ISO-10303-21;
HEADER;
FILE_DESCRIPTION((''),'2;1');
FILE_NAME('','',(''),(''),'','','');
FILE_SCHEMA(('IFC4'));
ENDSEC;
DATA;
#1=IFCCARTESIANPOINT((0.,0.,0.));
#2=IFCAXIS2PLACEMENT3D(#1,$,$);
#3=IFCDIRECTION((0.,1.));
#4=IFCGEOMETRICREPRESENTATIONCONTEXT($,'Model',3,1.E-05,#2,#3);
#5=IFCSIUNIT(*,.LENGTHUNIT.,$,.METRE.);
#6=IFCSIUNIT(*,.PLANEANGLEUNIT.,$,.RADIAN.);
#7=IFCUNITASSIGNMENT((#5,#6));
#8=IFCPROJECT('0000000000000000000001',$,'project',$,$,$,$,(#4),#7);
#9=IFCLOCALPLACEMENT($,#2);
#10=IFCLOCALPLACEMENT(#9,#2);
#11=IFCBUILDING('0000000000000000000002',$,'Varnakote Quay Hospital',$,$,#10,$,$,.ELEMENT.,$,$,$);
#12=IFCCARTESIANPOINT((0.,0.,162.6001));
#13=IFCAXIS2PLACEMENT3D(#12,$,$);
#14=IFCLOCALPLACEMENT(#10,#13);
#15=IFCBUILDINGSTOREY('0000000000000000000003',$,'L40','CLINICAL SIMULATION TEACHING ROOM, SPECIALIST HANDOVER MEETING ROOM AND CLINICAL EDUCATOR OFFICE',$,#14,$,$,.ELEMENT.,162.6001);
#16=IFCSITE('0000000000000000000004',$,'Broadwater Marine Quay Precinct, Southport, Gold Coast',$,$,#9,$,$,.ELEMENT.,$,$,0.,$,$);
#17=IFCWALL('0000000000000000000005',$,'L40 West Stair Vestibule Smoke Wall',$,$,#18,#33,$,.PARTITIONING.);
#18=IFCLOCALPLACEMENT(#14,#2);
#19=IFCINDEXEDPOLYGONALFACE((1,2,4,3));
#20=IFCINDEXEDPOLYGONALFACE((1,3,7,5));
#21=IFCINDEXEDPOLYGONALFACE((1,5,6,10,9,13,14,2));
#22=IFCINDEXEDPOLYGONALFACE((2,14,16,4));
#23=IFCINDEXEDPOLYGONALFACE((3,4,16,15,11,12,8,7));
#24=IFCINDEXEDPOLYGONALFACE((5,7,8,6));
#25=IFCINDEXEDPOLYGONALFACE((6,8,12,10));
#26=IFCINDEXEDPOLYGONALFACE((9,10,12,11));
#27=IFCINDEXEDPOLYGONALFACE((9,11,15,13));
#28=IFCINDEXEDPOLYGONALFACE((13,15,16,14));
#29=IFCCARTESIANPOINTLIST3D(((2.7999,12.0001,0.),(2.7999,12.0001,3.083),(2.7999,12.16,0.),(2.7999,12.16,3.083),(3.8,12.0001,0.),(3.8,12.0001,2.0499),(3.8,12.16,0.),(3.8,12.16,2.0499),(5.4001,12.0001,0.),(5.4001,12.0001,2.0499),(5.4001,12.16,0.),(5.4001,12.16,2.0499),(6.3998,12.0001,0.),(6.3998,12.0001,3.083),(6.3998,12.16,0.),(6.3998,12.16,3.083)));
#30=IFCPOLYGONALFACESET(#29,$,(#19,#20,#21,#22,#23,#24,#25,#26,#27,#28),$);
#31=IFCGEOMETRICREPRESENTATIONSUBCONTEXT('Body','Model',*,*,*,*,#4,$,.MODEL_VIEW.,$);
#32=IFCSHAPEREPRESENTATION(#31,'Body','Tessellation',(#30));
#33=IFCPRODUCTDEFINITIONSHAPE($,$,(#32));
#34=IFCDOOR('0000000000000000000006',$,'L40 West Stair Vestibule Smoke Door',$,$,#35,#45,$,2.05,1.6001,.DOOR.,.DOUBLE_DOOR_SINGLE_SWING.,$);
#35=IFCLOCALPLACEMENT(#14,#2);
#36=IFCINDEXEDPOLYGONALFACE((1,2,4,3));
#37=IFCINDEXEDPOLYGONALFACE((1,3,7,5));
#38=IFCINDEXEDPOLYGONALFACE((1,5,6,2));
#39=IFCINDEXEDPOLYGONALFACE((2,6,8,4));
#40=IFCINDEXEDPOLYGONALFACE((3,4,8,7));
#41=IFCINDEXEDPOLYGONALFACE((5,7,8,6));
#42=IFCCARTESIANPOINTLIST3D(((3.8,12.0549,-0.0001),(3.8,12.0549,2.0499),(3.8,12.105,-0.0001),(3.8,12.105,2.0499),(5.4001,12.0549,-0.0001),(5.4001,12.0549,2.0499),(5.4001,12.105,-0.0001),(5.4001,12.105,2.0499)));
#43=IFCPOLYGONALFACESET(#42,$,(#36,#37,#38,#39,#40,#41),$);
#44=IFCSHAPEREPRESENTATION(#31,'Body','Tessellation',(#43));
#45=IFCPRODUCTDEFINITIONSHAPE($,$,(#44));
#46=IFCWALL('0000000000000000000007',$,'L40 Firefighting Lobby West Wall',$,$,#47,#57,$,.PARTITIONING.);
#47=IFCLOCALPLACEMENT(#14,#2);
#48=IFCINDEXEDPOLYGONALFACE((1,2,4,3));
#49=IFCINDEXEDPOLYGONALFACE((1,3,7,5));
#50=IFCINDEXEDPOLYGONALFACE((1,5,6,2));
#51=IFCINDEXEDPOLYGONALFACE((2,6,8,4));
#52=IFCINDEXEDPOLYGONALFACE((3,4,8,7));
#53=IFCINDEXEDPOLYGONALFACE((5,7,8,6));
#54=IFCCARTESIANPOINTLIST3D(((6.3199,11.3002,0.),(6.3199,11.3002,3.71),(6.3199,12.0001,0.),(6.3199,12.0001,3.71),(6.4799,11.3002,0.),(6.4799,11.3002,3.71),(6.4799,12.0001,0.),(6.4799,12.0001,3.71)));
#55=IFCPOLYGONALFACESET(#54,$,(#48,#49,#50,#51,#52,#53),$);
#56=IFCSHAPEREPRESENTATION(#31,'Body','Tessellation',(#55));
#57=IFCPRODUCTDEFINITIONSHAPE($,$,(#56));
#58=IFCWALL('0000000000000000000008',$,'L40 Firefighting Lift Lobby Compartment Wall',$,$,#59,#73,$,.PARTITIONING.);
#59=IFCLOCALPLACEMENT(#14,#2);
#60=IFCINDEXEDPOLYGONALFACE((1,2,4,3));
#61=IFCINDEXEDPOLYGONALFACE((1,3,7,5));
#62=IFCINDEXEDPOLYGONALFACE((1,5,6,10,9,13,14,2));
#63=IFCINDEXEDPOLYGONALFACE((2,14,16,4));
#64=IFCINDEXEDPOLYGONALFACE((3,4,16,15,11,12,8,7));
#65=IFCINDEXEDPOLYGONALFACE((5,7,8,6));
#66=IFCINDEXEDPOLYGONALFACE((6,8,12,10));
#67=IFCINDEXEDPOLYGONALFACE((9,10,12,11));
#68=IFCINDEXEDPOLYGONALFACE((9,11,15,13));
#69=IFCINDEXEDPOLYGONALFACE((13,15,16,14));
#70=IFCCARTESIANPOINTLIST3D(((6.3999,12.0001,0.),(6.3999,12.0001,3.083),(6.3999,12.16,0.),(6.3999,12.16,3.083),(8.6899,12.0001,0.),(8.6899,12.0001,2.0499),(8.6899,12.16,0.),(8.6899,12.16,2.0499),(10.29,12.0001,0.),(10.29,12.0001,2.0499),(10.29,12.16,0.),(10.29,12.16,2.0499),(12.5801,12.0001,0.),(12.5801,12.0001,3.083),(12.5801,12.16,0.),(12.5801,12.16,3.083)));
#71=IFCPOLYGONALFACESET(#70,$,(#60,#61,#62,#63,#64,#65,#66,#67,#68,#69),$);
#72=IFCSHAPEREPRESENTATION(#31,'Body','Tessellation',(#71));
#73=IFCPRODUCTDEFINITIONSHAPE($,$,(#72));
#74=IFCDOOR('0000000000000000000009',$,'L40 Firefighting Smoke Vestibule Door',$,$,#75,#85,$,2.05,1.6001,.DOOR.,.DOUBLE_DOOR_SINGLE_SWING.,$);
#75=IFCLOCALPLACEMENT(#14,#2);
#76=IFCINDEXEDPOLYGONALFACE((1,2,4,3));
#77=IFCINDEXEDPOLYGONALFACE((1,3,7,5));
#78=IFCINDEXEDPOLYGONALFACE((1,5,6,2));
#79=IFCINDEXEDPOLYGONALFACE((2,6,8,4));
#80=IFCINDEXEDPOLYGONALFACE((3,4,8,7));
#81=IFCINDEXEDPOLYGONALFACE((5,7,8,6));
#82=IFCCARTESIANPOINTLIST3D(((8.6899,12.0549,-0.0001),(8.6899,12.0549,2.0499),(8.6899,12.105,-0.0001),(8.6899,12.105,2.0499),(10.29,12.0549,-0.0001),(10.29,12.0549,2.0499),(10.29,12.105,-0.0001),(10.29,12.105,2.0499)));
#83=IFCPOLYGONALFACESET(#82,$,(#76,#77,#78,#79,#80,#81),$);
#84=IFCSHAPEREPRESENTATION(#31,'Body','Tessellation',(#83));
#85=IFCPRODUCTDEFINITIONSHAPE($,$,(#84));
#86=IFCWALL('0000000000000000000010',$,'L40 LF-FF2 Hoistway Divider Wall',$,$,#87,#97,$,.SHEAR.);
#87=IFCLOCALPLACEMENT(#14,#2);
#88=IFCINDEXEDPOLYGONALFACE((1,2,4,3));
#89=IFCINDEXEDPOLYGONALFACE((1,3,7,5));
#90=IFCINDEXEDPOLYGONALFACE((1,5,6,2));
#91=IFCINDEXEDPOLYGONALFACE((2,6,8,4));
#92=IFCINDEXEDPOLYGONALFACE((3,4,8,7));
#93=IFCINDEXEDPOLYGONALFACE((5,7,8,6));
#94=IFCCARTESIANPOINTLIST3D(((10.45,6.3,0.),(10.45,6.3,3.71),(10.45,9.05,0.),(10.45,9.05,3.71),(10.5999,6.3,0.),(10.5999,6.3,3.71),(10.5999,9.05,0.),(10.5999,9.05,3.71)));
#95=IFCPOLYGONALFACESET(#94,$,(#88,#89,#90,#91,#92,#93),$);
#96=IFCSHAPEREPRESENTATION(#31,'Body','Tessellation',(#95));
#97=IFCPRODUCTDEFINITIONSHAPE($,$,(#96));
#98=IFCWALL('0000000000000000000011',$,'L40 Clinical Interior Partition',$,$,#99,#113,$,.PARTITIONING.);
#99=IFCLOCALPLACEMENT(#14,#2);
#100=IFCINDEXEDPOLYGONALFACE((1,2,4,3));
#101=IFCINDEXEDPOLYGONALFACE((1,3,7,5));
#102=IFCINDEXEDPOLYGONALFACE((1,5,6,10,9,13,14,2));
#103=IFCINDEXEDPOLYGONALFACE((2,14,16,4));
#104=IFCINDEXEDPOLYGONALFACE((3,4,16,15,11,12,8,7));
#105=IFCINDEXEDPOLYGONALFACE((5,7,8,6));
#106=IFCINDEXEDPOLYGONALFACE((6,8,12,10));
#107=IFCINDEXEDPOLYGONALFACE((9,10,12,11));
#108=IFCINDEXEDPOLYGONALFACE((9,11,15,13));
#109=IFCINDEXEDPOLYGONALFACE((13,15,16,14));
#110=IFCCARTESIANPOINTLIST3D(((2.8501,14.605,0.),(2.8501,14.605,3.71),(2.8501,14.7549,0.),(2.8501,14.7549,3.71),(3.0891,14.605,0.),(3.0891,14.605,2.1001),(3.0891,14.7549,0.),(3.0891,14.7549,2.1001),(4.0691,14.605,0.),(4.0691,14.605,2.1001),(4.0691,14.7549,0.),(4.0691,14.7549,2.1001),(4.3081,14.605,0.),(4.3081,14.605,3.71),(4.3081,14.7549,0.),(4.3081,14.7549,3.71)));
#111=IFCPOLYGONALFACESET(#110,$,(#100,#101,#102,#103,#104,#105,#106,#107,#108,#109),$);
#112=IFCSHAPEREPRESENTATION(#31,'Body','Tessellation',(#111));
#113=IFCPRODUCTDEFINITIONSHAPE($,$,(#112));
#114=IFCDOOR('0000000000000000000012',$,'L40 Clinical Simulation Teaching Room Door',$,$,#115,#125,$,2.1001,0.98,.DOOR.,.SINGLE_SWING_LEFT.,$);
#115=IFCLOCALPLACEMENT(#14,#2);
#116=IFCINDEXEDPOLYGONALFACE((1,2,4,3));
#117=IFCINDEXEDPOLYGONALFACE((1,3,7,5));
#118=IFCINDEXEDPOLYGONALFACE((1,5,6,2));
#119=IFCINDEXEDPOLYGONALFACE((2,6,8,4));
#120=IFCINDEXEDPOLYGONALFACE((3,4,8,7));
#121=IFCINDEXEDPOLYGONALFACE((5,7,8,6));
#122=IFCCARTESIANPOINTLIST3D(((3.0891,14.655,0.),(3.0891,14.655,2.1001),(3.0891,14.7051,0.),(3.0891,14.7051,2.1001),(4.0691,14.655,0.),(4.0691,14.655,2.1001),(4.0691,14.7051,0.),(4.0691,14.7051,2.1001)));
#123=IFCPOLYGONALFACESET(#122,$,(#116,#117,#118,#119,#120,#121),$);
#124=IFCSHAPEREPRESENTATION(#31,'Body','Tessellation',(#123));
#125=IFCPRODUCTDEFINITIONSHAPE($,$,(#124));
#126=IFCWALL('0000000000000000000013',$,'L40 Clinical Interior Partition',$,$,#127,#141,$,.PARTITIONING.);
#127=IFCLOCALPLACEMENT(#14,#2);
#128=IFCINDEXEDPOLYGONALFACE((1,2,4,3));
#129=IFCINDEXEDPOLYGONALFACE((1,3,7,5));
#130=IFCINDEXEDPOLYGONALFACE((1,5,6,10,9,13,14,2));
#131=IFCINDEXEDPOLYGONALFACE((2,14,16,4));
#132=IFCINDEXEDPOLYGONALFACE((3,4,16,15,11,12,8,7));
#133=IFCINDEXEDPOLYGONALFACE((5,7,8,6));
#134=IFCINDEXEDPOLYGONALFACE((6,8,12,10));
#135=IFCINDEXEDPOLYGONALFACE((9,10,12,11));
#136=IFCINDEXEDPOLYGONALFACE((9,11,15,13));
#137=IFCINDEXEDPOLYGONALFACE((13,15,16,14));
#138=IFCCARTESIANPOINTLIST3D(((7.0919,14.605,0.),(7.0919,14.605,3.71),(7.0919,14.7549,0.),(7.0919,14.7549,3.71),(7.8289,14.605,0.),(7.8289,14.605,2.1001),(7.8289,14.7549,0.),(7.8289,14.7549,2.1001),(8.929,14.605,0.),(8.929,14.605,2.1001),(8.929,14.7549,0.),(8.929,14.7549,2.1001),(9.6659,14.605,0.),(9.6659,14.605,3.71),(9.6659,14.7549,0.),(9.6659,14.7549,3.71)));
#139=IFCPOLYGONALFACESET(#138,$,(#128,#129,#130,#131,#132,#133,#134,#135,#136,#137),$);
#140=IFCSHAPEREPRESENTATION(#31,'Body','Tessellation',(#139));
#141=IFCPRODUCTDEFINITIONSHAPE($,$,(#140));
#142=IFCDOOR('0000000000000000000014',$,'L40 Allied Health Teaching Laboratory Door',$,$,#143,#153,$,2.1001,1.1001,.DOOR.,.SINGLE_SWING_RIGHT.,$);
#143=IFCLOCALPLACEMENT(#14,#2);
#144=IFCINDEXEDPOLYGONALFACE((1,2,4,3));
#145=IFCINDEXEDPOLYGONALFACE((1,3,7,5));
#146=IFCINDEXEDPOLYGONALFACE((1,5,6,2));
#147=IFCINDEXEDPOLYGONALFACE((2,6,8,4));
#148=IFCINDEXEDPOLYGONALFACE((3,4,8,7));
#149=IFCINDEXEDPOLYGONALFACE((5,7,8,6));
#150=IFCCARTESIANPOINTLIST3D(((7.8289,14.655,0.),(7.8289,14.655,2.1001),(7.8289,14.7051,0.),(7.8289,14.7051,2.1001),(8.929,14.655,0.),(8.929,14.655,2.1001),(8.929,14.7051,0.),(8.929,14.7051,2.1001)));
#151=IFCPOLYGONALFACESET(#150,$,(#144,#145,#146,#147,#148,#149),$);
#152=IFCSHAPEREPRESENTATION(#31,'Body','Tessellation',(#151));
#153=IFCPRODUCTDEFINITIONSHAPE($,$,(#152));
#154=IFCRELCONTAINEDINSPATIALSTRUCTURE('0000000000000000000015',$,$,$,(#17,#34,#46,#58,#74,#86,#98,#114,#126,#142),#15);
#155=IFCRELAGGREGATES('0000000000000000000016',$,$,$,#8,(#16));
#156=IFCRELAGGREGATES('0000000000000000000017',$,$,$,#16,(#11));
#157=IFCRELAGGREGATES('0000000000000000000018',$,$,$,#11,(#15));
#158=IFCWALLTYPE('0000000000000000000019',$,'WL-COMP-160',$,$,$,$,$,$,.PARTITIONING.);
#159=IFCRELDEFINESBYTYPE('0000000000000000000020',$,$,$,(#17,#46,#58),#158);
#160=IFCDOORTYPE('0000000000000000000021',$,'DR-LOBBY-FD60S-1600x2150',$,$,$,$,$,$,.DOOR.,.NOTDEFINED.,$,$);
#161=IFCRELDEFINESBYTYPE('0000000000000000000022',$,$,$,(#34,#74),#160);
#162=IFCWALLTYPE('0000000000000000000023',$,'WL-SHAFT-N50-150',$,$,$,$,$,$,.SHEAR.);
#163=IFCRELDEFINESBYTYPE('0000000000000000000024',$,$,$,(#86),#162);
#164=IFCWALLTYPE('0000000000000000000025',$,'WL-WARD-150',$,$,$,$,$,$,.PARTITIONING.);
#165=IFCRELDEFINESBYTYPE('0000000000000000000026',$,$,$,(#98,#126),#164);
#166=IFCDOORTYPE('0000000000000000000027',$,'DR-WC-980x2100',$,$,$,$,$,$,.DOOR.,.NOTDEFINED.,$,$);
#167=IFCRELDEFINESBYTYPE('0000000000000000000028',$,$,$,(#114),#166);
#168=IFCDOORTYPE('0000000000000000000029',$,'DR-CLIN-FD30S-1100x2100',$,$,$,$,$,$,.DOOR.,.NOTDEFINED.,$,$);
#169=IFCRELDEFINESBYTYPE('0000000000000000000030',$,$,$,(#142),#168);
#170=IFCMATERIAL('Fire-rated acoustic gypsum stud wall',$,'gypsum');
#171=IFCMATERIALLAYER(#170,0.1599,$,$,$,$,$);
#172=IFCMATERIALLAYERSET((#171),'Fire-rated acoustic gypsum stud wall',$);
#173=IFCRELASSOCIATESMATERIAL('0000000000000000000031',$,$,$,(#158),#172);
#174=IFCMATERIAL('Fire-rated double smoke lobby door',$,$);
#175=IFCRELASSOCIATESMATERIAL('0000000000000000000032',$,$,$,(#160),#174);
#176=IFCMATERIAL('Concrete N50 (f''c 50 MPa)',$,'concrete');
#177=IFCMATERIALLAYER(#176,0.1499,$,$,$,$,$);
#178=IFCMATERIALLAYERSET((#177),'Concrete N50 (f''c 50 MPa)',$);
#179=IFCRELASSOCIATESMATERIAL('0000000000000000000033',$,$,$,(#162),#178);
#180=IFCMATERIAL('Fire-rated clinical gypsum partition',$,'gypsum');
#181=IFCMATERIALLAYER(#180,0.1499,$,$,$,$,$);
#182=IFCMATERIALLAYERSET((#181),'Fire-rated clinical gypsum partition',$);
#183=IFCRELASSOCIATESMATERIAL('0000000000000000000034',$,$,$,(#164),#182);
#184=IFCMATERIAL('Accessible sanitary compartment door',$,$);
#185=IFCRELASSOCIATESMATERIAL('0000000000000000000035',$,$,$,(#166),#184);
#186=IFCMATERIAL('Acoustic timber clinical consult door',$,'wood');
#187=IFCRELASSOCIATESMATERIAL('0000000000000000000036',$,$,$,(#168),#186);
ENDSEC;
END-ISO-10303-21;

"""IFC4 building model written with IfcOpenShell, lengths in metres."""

from ifc_helpers import new_model, si_unit, direction, frame, frame_2d, origin, place, context, subcontext, project, spatial, rectangle, extrude, material, layer, layer_set, type_object, element, fill, save


model = new_model("IFC4")

# Units and contexts
model_context = context("Model", 3, precision=1e-05, world=origin(), true_north=direction((0.0, 1.0)))
body_context = subcontext(model_context, "Body", "Model", "MODEL_VIEW")
ifc_project = project(units=[si_unit("LENGTHUNIT", "METRE"), si_unit("PLANEANGLEUNIT", "RADIAN")], contexts=[model_context])

# Site, building, storey
site_placement = place(None, origin())
site = spatial("IfcSite", under=ifc_project, at=site_placement, Name="Broadwater Marine Quay Precinct, Southport, Gold Coast", CompositionType="ELEMENT", RefElevation=0.0)
building_placement = place(site_placement, origin())
building = spatial("IfcBuilding", under=site, at=building_placement, Name="Varnakote Quay Hospital", CompositionType="ELEMENT")
storey_placement = place(building_placement, frame((0.0, 0.0, 162.6001)))
storey = spatial("IfcBuildingStorey", under=building, at=storey_placement, Name="L40", Description="CLINICAL SIMULATION TEACHING ROOM, SPECIALIST HANDOVER MEETING ROOM AND CLINICAL EDUCATOR OFFICE", CompositionType="ELEMENT", Elevation=162.6001)

# Shared definitions
ifc_material_1 = material(Name="Fire-rated acoustic gypsum stud wall", Category="gypsum")
ifc_layer_1 = layer(ifc_material_1, 0.1599)
ifc_layer_set_1 = layer_set([ifc_layer_1], Name="Fire-rated acoustic gypsum stud wall")
wall_type_1 = type_object("IfcWallType", Name="WL-COMP-160", PredefinedType="PARTITIONING", material=ifc_layer_set_1)

# Wall, opening, door
wall_1_placement = place(storey_placement, frame((2.8, 12.0801, 0.0), z_axis=(0.0, 0.0, 1.0), x_axis=(1.0, 0.0, 0.0)))
wall_1 = element("IfcWall", 1, at=wall_1_placement, inside=storey, type_object=wall_type_1, Name="L40 West Stair Vestibule Smoke Wall", PredefinedType="PARTITIONING", context=body_context, shape_type="SweptSolid", body=[
    extrude(rectangle(XDim=3.5999, YDim=0.1599, at=frame_2d((1.7998, 0.0))), origin(), (0.0, 0.0, 1.0), 3.083),
])
opening_1_placement = place(wall_1_placement, frame((1.0, 0.0, 0.0)))
opening_1 = element("IfcOpeningElement", 2, at=opening_1_placement, cuts=wall_1, PredefinedType="OPENING", context=body_context, shape_type="SweptSolid", body=[
    extrude(rectangle(XDim=1.6001, YDim=2.05, at=frame_2d((0.8, 1.0249))), frame((0.0, 0.0898, 0.0), z_axis=(0.0, -1.0, 0.0), x_axis=(1.0, 0.0, 0.0)), (0.0, 0.0, 1.0), 0.1799),
])
ifc_material_2 = material(Name="Fire-rated double smoke lobby door")
door_type_1 = type_object("IfcDoorType", Name="DR-LOBBY-FD60S-1600x2150", OperationType="NOTDEFINED", PredefinedType="DOOR", material=ifc_material_2)
door_1_placement = place(opening_1_placement, origin())
door_1 = element("IfcDoor", 3, at=door_1_placement, inside=storey, type_object=door_type_1, Name="L40 West Stair Vestibule Smoke Door", OperationType="DOUBLE_DOOR_SINGLE_SWING", OverallHeight=2.05, OverallWidth=1.6001, PredefinedType="DOOR", context=body_context, shape_type="SweptSolid", body=[
    extrude(rectangle(XDim=1.6001, YDim=2.05, at=frame_2d((0.8, 1.0249))), frame((0.0, 0.0249, 0.0), z_axis=(0.0, -1.0, 0.0), x_axis=(1.0, 0.0, 0.0)), (0.0, 0.0, 1.0), 0.05),
])
fill(opening_1, door_1)

# Wall
wall_2_placement = place(storey_placement, frame((6.3999, 11.3, 0.0), z_axis=(0.0, 0.0, 1.0), x_axis=(0.0, 1.0, 0.0)))
element("IfcWall", 4, at=wall_2_placement, inside=storey, type_object=wall_type_1, Name="L40 Firefighting Lobby West Wall", PredefinedType="PARTITIONING", context=body_context, shape_type="SweptSolid", body=[
    extrude(rectangle(XDim=0.7, YDim=0.1599, at=frame_2d((0.3501, 0.0))), origin(), (0.0, 0.0, 1.0), 3.71),
])

# Wall, opening, door
wall_3_placement = place(storey_placement, frame((6.3999, 12.0801, 0.0), z_axis=(0.0, 0.0, 1.0), x_axis=(1.0, 0.0, 0.0)))
wall_3 = element("IfcWall", 5, at=wall_3_placement, inside=storey, type_object=wall_type_1, Name="L40 Firefighting Lift Lobby Compartment Wall", PredefinedType="PARTITIONING", context=body_context, shape_type="SweptSolid", body=[
    extrude(rectangle(XDim=6.1802, YDim=0.1599, at=frame_2d((3.0901, 0.0))), origin(), (0.0, 0.0, 1.0), 3.083),
])
opening_2_placement = place(wall_3_placement, frame((2.29, 0.0, 0.0)))
opening_2 = element("IfcOpeningElement", 6, at=opening_2_placement, cuts=wall_3, PredefinedType="OPENING", context=body_context, shape_type="SweptSolid", body=[
    extrude(rectangle(XDim=1.6001, YDim=2.05, at=frame_2d((0.8, 1.0249))), frame((0.0, 0.0898, 0.0), z_axis=(0.0, -1.0, 0.0), x_axis=(1.0, 0.0, 0.0)), (0.0, 0.0, 1.0), 0.1799),
])
door_2_placement = place(opening_2_placement, origin())
door_2 = element("IfcDoor", 7, at=door_2_placement, inside=storey, type_object=door_type_1, Name="L40 Firefighting Smoke Vestibule Door", OperationType="DOUBLE_DOOR_SINGLE_SWING", OverallHeight=2.05, OverallWidth=1.6001, PredefinedType="DOOR", context=body_context, shape_type="SweptSolid", body=[
    extrude(rectangle(XDim=1.6001, YDim=2.05, at=frame_2d((0.8, 1.0249))), frame((0.0, 0.0249, 0.0), z_axis=(0.0, -1.0, 0.0), x_axis=(1.0, 0.0, 0.0)), (0.0, 0.0, 1.0), 0.05),
])
fill(opening_2, door_2)

# Wall
ifc_material_3 = material(Name="Concrete N50 (f'c 50 MPa)", Category="concrete")
ifc_layer_2 = layer(ifc_material_3, 0.1499)
ifc_layer_set_2 = layer_set([ifc_layer_2], Name="Concrete N50 (f'c 50 MPa)")
wall_type_2 = type_object("IfcWallType", Name="WL-SHAFT-N50-150", PredefinedType="SHEAR", material=ifc_layer_set_2)
wall_4_placement = place(storey_placement, frame((10.5249, 6.3, 0.0), z_axis=(0.0, 0.0, 1.0), x_axis=(0.0, 1.0, 0.0)))
element("IfcWall", 8, at=wall_4_placement, inside=storey, type_object=wall_type_2, Name="L40 LF-FF2 Hoistway Divider Wall", PredefinedType="SHEAR", context=body_context, shape_type="SweptSolid", body=[
    extrude(rectangle(XDim=2.75, YDim=0.1499, at=frame_2d((1.375, 0.0))), origin(), (0.0, 0.0, 1.0), 3.71),
])

# Walls, openings, doors
ifc_material_4 = material(Name="Fire-rated clinical gypsum partition", Category="gypsum")
ifc_layer_3 = layer(ifc_material_4, 0.1499)
ifc_layer_set_3 = layer_set([ifc_layer_3], Name="Fire-rated clinical gypsum partition")
wall_type_3 = type_object("IfcWallType", Name="WL-WARD-150", PredefinedType="PARTITIONING", material=ifc_layer_set_3)
wall_5_placement = place(storey_placement, frame((4.3081, 14.6799, 0.0), z_axis=(0.0, 0.0, 1.0), x_axis=(-1.0, 0.0, 0.0)))
wall_5 = element("IfcWall", 9, at=wall_5_placement, inside=storey, type_object=wall_type_3, Name="L40 Clinical Interior Partition", PredefinedType="PARTITIONING", context=body_context, shape_type="SweptSolid", body=[
    extrude(rectangle(XDim=1.458, YDim=0.1499, at=frame_2d((0.729, 0.0))), origin(), (0.0, 0.0, 1.0), 3.71),
])
opening_3_placement = place(wall_5_placement, frame((0.239, 0.0, 0.0)))
opening_3 = element("IfcOpeningElement", 10, at=opening_3_placement, cuts=wall_5, PredefinedType="OPENING", context=body_context, shape_type="SweptSolid", body=[
    extrude(rectangle(XDim=0.98, YDim=2.1001, at=frame_2d((0.49, 1.05))), frame((0.0, 0.085, 0.0), z_axis=(0.0, -1.0, 0.0), x_axis=(1.0, 0.0, 0.0)), (0.0, 0.0, 1.0), 0.1699),
])
ifc_material_5 = material(Name="Accessible sanitary compartment door")
door_type_2 = type_object("IfcDoorType", Name="DR-WC-980x2100", OperationType="NOTDEFINED", PredefinedType="DOOR", material=ifc_material_5)
door_3_placement = place(opening_3_placement, origin())
door_3 = element("IfcDoor", 11, at=door_3_placement, inside=storey, type_object=door_type_2, Name="L40 Clinical Simulation Teaching Room Door", OperationType="SINGLE_SWING_LEFT", OverallHeight=2.1001, OverallWidth=0.98, PredefinedType="DOOR", context=body_context, shape_type="SweptSolid", body=[
    extrude(rectangle(XDim=0.98, YDim=2.1001, at=frame_2d((0.49, 1.05))), frame((0.0, 0.0249, 0.0), z_axis=(0.0, -1.0, 0.0), x_axis=(1.0, 0.0, 0.0)), (0.0, 0.0, 1.0), 0.05),
])
fill(opening_3, door_3)
wall_6_placement = place(storey_placement, frame((9.666, 14.6799, 0.0), z_axis=(0.0, 0.0, 1.0), x_axis=(-1.0, 0.0, 0.0)))
wall_6 = element("IfcWall", 12, at=wall_6_placement, inside=storey, type_object=wall_type_3, Name="L40 Clinical Interior Partition", PredefinedType="PARTITIONING", context=body_context, shape_type="SweptSolid", body=[
    extrude(rectangle(XDim=2.574, YDim=0.1499, at=frame_2d((1.2871, 0.0))), origin(), (0.0, 0.0, 1.0), 3.71),
])
opening_4_placement = place(wall_6_placement, frame((0.7371, 0.0, 0.0)))
opening_4 = element("IfcOpeningElement", 13, at=opening_4_placement, cuts=wall_6, PredefinedType="OPENING", context=body_context, shape_type="SweptSolid", body=[
    extrude(rectangle(XDim=1.1001, YDim=2.1001, at=frame_2d((0.55, 1.05))), frame((0.0, 0.085, 0.0), z_axis=(0.0, -1.0, 0.0), x_axis=(1.0, 0.0, 0.0)), (0.0, 0.0, 1.0), 0.1699),
])
ifc_material_6 = material(Name="Acoustic timber clinical consult door", Category="wood")
door_type_3 = type_object("IfcDoorType", Name="DR-CLIN-FD30S-1100x2100", OperationType="NOTDEFINED", PredefinedType="DOOR", material=ifc_material_6)
door_4_placement = place(opening_4_placement, origin())
door_4 = element("IfcDoor", 14, at=door_4_placement, inside=storey, type_object=door_type_3, Name="L40 Allied Health Teaching Laboratory Door", OperationType="SINGLE_SWING_RIGHT", OverallHeight=2.1001, OverallWidth=1.1001, PredefinedType="DOOR", context=body_context, shape_type="SweptSolid", body=[
    extrude(rectangle(XDim=1.1001, YDim=2.1001, at=frame_2d((0.55, 1.05))), frame((0.0, 0.0249, 0.0), z_axis=(0.0, -1.0, 0.0), x_axis=(1.0, 0.0, 0.0)), (0.0, 0.0, 1.0), 0.05),
])
fill(opening_4, door_4)

save(model, "model.ifc")
